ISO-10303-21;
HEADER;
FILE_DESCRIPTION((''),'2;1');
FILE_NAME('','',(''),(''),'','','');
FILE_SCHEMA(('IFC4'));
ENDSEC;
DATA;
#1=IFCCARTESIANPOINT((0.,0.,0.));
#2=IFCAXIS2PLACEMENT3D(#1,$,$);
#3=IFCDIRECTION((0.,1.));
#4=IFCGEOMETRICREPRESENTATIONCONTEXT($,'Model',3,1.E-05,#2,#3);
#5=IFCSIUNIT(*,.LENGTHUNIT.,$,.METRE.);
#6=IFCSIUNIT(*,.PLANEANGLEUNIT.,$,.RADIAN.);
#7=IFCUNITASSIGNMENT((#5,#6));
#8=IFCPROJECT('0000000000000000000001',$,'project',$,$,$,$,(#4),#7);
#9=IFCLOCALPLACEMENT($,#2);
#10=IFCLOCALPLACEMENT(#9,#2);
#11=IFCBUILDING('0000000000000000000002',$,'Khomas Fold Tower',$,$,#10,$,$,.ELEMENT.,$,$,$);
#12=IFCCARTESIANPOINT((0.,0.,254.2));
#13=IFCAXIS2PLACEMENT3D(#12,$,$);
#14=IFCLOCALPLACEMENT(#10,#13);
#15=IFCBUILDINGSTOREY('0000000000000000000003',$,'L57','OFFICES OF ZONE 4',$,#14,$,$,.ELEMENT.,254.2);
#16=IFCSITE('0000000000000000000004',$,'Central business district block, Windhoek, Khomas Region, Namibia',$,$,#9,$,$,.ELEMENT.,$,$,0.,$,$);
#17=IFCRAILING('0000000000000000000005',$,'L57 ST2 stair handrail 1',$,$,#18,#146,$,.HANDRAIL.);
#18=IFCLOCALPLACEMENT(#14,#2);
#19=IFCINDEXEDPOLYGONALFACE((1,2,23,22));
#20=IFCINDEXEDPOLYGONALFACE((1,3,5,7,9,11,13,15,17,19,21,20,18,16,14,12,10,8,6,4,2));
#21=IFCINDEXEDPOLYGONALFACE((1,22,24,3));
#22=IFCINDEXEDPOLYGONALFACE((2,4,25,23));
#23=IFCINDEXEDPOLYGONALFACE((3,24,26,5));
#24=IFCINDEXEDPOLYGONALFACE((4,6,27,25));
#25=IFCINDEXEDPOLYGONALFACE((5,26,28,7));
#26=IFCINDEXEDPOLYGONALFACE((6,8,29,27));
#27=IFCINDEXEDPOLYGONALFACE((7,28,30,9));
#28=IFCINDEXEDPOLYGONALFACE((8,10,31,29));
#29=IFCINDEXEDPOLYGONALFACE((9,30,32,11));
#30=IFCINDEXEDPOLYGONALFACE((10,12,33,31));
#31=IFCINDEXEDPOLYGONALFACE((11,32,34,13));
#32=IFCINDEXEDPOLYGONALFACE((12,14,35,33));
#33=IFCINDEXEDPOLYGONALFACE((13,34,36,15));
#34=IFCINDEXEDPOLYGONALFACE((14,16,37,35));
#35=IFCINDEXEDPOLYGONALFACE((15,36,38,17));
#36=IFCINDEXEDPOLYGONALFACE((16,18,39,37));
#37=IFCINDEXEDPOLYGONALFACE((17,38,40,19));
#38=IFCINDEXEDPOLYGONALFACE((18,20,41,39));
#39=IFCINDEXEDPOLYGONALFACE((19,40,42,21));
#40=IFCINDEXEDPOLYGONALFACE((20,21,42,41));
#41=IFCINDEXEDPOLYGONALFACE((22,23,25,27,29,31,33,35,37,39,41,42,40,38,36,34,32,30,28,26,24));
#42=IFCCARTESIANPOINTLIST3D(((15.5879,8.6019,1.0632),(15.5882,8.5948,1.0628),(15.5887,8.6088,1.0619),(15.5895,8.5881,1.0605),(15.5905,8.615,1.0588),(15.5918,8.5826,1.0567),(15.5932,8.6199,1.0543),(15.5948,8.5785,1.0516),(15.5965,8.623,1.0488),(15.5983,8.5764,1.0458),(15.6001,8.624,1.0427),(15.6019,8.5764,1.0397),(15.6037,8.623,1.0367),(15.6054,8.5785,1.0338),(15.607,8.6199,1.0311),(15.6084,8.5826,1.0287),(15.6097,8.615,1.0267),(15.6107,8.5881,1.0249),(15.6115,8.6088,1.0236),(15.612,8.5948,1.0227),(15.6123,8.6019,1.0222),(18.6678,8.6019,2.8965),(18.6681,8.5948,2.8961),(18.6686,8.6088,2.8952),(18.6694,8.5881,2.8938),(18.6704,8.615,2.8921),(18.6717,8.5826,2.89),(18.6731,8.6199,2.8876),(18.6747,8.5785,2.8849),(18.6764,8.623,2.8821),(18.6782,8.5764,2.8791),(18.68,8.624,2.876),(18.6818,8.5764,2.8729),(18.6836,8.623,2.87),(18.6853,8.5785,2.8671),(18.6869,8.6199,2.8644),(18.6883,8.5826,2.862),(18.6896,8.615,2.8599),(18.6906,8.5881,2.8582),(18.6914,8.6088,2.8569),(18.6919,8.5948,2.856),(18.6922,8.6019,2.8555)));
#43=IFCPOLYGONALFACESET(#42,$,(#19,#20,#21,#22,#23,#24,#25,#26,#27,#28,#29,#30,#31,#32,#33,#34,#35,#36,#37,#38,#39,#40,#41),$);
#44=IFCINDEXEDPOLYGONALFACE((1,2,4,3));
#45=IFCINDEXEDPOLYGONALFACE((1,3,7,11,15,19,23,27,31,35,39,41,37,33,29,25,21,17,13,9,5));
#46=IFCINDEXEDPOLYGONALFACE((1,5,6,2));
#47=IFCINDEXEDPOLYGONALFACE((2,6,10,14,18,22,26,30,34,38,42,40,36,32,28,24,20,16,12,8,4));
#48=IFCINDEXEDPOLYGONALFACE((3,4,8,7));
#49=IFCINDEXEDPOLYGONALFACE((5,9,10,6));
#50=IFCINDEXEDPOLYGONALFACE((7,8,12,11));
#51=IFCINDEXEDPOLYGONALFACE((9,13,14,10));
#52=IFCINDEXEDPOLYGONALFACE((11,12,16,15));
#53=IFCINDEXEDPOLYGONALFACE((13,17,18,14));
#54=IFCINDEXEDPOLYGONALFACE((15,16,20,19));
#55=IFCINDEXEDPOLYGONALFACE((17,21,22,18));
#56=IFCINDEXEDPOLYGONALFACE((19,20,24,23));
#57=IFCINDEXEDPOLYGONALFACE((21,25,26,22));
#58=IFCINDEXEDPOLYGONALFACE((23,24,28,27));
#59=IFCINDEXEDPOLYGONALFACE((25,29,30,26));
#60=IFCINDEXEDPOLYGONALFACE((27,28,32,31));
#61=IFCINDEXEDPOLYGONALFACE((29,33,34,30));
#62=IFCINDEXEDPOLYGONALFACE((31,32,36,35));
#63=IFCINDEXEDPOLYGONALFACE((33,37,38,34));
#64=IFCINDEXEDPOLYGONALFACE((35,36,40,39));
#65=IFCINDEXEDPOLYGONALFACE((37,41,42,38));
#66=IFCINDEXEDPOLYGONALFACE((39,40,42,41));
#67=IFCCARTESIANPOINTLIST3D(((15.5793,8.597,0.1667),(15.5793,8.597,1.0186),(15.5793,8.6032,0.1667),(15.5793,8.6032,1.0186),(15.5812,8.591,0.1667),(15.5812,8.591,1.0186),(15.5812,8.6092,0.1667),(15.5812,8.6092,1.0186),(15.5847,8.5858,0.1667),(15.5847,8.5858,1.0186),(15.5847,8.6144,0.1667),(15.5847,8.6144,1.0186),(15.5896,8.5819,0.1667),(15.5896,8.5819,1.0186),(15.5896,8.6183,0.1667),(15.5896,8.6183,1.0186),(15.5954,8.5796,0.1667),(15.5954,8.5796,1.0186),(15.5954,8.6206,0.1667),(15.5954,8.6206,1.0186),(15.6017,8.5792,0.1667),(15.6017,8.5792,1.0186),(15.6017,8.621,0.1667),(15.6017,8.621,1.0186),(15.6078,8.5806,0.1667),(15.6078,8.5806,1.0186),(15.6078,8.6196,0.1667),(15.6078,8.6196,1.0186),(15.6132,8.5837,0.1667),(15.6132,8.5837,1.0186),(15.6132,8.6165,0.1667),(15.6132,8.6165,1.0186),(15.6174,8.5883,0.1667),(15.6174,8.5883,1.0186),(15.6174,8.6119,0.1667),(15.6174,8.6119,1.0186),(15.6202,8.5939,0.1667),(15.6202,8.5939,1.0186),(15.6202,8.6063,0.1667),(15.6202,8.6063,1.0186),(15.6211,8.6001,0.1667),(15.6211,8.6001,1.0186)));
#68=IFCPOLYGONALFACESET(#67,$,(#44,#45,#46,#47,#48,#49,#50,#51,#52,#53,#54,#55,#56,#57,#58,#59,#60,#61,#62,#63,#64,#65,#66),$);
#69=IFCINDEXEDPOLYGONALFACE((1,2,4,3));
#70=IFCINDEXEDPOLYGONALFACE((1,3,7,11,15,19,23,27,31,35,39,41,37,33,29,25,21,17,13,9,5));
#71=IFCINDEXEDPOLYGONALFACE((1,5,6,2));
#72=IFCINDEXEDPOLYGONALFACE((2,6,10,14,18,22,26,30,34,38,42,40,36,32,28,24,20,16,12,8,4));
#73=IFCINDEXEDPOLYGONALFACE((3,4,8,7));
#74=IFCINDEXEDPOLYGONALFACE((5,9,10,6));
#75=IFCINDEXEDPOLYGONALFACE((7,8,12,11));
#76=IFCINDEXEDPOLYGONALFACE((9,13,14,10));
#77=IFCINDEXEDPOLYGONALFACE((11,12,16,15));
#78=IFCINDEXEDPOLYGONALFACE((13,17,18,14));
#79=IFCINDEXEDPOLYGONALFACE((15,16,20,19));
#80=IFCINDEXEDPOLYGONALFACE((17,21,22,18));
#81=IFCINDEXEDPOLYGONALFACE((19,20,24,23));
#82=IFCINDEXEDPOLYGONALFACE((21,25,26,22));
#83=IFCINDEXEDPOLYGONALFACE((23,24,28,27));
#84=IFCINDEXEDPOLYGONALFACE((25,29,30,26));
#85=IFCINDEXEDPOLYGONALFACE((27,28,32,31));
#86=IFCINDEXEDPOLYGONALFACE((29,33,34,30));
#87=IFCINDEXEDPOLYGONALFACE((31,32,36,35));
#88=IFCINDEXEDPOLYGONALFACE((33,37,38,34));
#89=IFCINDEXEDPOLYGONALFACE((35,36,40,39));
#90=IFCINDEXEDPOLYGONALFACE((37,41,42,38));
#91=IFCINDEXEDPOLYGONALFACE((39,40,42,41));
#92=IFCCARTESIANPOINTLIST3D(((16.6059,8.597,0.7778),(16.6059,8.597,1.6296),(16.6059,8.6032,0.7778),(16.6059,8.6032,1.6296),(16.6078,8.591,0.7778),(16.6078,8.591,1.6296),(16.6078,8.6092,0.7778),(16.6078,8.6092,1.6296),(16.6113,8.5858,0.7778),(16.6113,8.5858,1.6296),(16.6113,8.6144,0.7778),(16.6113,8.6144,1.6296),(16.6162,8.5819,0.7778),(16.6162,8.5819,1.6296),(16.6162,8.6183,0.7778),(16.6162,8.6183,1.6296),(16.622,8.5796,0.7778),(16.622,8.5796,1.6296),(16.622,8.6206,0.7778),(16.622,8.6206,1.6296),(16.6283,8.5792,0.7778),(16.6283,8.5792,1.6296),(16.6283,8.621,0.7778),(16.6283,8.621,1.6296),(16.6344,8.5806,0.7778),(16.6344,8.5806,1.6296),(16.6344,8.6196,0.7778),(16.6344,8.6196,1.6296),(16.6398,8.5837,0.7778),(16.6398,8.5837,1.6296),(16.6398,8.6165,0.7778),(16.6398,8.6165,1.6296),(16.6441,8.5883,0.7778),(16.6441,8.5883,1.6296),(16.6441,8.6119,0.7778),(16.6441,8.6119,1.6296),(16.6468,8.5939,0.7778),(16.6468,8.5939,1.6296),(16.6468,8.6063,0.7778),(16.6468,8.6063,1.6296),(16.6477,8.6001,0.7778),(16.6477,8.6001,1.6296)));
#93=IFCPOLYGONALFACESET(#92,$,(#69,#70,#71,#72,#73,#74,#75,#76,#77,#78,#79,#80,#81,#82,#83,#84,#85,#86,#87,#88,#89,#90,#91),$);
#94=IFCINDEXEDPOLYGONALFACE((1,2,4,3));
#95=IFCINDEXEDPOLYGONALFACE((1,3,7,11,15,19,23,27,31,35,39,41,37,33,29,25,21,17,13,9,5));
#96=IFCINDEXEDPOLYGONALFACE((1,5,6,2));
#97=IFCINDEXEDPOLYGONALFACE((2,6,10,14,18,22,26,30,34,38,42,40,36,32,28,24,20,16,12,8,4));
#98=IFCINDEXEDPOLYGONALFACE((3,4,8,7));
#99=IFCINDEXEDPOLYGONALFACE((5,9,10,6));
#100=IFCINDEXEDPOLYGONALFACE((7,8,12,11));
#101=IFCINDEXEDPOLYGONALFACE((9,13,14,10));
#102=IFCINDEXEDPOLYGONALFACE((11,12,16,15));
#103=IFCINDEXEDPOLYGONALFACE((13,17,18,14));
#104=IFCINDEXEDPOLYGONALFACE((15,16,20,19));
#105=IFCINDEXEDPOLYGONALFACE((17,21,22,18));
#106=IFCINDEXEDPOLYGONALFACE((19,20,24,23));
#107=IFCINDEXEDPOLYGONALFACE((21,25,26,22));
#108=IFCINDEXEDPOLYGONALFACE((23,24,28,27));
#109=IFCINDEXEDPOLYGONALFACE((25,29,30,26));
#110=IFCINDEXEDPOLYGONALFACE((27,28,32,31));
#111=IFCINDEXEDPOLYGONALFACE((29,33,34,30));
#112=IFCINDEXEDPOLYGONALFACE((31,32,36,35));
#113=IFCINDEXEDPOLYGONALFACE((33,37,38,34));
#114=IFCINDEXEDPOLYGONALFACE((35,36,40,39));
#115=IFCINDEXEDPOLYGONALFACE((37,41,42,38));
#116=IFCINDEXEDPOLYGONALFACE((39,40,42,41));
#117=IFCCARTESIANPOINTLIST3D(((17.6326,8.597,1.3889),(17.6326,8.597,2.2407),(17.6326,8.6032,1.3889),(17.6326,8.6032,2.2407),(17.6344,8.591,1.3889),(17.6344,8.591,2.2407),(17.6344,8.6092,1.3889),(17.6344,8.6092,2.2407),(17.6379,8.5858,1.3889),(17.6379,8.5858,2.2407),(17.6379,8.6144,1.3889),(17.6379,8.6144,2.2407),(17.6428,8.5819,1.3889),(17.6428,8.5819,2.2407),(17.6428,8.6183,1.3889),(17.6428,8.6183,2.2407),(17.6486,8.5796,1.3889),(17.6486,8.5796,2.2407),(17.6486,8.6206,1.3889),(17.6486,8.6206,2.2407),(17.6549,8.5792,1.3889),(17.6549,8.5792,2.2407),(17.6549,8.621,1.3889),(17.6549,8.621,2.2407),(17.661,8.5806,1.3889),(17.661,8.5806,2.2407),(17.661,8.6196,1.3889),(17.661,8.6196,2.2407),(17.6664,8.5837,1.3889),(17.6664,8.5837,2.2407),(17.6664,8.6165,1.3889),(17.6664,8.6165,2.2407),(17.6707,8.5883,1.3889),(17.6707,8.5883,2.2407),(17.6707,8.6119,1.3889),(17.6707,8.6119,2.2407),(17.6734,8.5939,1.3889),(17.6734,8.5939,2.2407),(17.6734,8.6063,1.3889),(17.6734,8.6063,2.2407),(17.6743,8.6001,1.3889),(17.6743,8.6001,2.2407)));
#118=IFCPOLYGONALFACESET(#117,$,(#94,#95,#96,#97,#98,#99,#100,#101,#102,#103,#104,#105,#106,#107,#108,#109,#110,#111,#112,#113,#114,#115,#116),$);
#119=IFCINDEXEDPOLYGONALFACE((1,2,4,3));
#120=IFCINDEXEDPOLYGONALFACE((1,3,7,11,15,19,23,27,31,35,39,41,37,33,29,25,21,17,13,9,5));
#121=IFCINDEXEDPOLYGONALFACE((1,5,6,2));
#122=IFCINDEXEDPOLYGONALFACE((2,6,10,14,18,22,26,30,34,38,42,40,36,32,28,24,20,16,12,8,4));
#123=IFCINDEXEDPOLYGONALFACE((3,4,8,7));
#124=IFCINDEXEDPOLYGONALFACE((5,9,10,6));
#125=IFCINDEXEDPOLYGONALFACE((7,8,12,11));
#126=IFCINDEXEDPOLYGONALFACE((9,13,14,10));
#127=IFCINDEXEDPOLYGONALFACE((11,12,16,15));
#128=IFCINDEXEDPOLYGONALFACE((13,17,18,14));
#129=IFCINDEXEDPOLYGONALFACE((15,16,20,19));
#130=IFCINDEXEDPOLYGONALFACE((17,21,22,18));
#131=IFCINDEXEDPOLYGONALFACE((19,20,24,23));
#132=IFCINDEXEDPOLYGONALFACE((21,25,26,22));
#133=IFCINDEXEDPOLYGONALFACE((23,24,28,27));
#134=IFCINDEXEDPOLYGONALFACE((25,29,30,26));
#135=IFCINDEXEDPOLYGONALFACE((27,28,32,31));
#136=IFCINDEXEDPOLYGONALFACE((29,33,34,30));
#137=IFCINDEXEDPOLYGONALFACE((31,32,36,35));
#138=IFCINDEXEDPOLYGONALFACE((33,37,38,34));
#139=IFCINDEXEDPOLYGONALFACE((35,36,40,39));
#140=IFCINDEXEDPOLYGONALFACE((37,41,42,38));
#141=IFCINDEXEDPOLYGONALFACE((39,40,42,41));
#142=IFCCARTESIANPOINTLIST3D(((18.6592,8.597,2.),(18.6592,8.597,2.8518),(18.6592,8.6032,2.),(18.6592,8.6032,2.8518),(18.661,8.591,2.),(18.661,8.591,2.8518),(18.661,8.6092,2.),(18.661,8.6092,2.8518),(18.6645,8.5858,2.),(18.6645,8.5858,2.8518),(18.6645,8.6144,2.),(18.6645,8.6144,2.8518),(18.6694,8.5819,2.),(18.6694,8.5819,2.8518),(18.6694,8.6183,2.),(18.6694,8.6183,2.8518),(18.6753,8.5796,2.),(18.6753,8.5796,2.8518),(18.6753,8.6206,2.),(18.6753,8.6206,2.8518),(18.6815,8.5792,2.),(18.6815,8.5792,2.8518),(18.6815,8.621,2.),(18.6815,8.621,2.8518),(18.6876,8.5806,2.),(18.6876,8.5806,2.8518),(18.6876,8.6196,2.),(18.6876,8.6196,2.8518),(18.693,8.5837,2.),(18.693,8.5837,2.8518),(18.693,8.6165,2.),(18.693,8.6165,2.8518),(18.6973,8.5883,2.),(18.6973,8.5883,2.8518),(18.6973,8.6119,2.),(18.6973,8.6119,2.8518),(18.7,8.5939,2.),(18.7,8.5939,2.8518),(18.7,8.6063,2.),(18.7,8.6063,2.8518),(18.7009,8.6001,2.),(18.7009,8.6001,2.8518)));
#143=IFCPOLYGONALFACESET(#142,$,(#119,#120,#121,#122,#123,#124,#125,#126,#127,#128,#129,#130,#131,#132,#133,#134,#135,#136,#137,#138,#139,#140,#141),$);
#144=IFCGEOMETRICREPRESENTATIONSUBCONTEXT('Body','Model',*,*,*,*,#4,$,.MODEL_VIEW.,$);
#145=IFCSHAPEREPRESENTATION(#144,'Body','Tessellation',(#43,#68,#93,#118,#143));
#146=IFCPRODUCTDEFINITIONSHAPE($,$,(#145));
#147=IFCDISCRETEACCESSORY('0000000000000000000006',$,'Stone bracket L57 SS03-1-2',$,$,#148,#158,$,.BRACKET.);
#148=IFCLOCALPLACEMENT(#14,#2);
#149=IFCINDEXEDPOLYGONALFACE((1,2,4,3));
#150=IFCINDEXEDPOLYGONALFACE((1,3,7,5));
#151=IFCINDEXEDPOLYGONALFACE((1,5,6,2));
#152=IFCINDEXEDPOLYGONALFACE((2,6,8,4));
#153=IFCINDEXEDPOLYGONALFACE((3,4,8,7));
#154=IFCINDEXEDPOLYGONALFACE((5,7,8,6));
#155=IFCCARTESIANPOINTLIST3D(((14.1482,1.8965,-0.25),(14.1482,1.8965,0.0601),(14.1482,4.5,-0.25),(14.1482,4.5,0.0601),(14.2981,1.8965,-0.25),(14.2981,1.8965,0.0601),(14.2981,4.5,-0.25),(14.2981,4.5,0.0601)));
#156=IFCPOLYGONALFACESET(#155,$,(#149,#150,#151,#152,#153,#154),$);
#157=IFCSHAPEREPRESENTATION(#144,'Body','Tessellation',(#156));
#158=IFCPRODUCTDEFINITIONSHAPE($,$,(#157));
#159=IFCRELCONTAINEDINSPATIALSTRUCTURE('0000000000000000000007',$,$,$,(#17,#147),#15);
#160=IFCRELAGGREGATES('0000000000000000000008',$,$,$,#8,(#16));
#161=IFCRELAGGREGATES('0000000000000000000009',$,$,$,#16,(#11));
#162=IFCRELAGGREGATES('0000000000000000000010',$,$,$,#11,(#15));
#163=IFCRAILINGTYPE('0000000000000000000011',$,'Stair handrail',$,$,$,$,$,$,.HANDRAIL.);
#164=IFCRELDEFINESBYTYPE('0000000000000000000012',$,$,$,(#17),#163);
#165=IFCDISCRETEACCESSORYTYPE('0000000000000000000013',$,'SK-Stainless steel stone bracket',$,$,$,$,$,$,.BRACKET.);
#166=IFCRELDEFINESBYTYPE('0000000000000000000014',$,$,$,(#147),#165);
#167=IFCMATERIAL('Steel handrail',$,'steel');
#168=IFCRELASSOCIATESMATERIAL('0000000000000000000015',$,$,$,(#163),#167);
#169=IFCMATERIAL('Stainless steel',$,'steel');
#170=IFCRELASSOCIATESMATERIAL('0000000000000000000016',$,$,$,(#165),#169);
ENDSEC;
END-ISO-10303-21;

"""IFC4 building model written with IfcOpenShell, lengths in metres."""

from ifc_helpers import new_model, si_unit, direction, frame, origin, origin_2d, place, context, subcontext, project, spatial, rectangle, circle, extrude, source, transform, mapped, material, type_object, element, save


model = new_model("IFC4")

# Units and contexts
model_context = context("Model", 3, precision=1e-05, world=origin(), true_north=direction((0.0, 1.0)))
body_context = subcontext(model_context, "Body", "Model", "MODEL_VIEW")
ifc_project = project(units=[si_unit("LENGTHUNIT", "METRE"), si_unit("PLANEANGLEUNIT", "RADIAN")], contexts=[model_context])

# Site, building, storey
site_placement = place(None, origin())
site = spatial("IfcSite", under=ifc_project, at=site_placement, Name="Central business district block, Windhoek, Khomas Region, Namibia", CompositionType="ELEMENT", RefElevation=0.0)
building_placement = place(site_placement, origin())
building = spatial("IfcBuilding", under=site, at=building_placement, Name="Khomas Fold Tower", CompositionType="ELEMENT")
storey_placement = place(building_placement, frame((0.0, 0.0, 254.2)))
storey = spatial("IfcBuildingStorey", under=building, at=storey_placement, Name="L57", Description="OFFICES OF ZONE 4", CompositionType="ELEMENT", Elevation=254.2)

# Railing
ifc_material_1 = material(Name="Steel handrail", Category="steel")
railing_type_1 = type_object("IfcRailingType", Name="Stair handrail", PredefinedType="HANDRAIL", material=ifc_material_1)
shared_shape_1 = source(origin(), body_context, "Body", "SweptSolid", [
    extrude(circle(Radius=0.0239, at=origin_2d()), frame((0.0, 0.0, 0.876), z_axis=(0.859291, 0.0, 0.511487), x_axis=(0.0, 1.0, 0.0)), (0.0, 0.0, 1.0), 3.5842),
    extrude(circle(Radius=0.021, at=origin_2d()), origin(), (0.0, 0.0, 1.0), 0.8518),
    extrude(circle(Radius=0.021, at=origin_2d()), frame((1.0266, 0.0, 0.6111)), (0.0, 0.0, 1.0), 0.8518),
    extrude(circle(Radius=0.021, at=origin_2d()), frame((2.0532, 0.0, 1.2222)), (0.0, 0.0, 1.0), 0.8518),
    extrude(circle(Radius=0.021, at=origin_2d()), frame((3.0798, 0.0, 1.8333)), (0.0, 0.0, 1.0), 0.8518),
])
railing_1_placement = place(storey_placement, frame((15.6001, 8.6001, 0.1667)))
element("IfcRailing", 1, at=railing_1_placement, inside=storey, type_object=railing_type_1, Name="L57 ST2 stair handrail 1", PredefinedType="HANDRAIL", context=body_context, shape_type="MappedRepresentation", body=[
    mapped(shared_shape_1, transform((0.0, 0.0, 0.0))),
])

# Discrete accessory
ifc_material_2 = material(Name="Stainless steel", Category="steel")
discrete_accessory_type = type_object("IfcDiscreteAccessoryType", Name="SK-Stainless steel stone bracket", PredefinedType="BRACKET", material=ifc_material_2)
shared_shape_2 = source(origin(), body_context, "Body", "SweptSolid", [
    extrude(rectangle(XDim=2.6035, YDim=0.1499, at=origin_2d()), origin(), (0.0, 0.0, 1.0), 0.3101),
])
discrete_accessory_placement = place(storey_placement, frame((14.2231, 3.1982, -0.25), z_axis=(0.0, 0.0, 1.0), x_axis=(0.0, -1.0, 0.0)))
element("IfcDiscreteAccessory", 2, at=discrete_accessory_placement, inside=storey, type_object=discrete_accessory_type, Name="Stone bracket L57 SS03-1-2", PredefinedType="BRACKET", context=body_context, shape_type="MappedRepresentation", body=[
    mapped(shared_shape_2, transform((0.0, 0.0, 0.0))),
])

save(model, "model.ifc")
